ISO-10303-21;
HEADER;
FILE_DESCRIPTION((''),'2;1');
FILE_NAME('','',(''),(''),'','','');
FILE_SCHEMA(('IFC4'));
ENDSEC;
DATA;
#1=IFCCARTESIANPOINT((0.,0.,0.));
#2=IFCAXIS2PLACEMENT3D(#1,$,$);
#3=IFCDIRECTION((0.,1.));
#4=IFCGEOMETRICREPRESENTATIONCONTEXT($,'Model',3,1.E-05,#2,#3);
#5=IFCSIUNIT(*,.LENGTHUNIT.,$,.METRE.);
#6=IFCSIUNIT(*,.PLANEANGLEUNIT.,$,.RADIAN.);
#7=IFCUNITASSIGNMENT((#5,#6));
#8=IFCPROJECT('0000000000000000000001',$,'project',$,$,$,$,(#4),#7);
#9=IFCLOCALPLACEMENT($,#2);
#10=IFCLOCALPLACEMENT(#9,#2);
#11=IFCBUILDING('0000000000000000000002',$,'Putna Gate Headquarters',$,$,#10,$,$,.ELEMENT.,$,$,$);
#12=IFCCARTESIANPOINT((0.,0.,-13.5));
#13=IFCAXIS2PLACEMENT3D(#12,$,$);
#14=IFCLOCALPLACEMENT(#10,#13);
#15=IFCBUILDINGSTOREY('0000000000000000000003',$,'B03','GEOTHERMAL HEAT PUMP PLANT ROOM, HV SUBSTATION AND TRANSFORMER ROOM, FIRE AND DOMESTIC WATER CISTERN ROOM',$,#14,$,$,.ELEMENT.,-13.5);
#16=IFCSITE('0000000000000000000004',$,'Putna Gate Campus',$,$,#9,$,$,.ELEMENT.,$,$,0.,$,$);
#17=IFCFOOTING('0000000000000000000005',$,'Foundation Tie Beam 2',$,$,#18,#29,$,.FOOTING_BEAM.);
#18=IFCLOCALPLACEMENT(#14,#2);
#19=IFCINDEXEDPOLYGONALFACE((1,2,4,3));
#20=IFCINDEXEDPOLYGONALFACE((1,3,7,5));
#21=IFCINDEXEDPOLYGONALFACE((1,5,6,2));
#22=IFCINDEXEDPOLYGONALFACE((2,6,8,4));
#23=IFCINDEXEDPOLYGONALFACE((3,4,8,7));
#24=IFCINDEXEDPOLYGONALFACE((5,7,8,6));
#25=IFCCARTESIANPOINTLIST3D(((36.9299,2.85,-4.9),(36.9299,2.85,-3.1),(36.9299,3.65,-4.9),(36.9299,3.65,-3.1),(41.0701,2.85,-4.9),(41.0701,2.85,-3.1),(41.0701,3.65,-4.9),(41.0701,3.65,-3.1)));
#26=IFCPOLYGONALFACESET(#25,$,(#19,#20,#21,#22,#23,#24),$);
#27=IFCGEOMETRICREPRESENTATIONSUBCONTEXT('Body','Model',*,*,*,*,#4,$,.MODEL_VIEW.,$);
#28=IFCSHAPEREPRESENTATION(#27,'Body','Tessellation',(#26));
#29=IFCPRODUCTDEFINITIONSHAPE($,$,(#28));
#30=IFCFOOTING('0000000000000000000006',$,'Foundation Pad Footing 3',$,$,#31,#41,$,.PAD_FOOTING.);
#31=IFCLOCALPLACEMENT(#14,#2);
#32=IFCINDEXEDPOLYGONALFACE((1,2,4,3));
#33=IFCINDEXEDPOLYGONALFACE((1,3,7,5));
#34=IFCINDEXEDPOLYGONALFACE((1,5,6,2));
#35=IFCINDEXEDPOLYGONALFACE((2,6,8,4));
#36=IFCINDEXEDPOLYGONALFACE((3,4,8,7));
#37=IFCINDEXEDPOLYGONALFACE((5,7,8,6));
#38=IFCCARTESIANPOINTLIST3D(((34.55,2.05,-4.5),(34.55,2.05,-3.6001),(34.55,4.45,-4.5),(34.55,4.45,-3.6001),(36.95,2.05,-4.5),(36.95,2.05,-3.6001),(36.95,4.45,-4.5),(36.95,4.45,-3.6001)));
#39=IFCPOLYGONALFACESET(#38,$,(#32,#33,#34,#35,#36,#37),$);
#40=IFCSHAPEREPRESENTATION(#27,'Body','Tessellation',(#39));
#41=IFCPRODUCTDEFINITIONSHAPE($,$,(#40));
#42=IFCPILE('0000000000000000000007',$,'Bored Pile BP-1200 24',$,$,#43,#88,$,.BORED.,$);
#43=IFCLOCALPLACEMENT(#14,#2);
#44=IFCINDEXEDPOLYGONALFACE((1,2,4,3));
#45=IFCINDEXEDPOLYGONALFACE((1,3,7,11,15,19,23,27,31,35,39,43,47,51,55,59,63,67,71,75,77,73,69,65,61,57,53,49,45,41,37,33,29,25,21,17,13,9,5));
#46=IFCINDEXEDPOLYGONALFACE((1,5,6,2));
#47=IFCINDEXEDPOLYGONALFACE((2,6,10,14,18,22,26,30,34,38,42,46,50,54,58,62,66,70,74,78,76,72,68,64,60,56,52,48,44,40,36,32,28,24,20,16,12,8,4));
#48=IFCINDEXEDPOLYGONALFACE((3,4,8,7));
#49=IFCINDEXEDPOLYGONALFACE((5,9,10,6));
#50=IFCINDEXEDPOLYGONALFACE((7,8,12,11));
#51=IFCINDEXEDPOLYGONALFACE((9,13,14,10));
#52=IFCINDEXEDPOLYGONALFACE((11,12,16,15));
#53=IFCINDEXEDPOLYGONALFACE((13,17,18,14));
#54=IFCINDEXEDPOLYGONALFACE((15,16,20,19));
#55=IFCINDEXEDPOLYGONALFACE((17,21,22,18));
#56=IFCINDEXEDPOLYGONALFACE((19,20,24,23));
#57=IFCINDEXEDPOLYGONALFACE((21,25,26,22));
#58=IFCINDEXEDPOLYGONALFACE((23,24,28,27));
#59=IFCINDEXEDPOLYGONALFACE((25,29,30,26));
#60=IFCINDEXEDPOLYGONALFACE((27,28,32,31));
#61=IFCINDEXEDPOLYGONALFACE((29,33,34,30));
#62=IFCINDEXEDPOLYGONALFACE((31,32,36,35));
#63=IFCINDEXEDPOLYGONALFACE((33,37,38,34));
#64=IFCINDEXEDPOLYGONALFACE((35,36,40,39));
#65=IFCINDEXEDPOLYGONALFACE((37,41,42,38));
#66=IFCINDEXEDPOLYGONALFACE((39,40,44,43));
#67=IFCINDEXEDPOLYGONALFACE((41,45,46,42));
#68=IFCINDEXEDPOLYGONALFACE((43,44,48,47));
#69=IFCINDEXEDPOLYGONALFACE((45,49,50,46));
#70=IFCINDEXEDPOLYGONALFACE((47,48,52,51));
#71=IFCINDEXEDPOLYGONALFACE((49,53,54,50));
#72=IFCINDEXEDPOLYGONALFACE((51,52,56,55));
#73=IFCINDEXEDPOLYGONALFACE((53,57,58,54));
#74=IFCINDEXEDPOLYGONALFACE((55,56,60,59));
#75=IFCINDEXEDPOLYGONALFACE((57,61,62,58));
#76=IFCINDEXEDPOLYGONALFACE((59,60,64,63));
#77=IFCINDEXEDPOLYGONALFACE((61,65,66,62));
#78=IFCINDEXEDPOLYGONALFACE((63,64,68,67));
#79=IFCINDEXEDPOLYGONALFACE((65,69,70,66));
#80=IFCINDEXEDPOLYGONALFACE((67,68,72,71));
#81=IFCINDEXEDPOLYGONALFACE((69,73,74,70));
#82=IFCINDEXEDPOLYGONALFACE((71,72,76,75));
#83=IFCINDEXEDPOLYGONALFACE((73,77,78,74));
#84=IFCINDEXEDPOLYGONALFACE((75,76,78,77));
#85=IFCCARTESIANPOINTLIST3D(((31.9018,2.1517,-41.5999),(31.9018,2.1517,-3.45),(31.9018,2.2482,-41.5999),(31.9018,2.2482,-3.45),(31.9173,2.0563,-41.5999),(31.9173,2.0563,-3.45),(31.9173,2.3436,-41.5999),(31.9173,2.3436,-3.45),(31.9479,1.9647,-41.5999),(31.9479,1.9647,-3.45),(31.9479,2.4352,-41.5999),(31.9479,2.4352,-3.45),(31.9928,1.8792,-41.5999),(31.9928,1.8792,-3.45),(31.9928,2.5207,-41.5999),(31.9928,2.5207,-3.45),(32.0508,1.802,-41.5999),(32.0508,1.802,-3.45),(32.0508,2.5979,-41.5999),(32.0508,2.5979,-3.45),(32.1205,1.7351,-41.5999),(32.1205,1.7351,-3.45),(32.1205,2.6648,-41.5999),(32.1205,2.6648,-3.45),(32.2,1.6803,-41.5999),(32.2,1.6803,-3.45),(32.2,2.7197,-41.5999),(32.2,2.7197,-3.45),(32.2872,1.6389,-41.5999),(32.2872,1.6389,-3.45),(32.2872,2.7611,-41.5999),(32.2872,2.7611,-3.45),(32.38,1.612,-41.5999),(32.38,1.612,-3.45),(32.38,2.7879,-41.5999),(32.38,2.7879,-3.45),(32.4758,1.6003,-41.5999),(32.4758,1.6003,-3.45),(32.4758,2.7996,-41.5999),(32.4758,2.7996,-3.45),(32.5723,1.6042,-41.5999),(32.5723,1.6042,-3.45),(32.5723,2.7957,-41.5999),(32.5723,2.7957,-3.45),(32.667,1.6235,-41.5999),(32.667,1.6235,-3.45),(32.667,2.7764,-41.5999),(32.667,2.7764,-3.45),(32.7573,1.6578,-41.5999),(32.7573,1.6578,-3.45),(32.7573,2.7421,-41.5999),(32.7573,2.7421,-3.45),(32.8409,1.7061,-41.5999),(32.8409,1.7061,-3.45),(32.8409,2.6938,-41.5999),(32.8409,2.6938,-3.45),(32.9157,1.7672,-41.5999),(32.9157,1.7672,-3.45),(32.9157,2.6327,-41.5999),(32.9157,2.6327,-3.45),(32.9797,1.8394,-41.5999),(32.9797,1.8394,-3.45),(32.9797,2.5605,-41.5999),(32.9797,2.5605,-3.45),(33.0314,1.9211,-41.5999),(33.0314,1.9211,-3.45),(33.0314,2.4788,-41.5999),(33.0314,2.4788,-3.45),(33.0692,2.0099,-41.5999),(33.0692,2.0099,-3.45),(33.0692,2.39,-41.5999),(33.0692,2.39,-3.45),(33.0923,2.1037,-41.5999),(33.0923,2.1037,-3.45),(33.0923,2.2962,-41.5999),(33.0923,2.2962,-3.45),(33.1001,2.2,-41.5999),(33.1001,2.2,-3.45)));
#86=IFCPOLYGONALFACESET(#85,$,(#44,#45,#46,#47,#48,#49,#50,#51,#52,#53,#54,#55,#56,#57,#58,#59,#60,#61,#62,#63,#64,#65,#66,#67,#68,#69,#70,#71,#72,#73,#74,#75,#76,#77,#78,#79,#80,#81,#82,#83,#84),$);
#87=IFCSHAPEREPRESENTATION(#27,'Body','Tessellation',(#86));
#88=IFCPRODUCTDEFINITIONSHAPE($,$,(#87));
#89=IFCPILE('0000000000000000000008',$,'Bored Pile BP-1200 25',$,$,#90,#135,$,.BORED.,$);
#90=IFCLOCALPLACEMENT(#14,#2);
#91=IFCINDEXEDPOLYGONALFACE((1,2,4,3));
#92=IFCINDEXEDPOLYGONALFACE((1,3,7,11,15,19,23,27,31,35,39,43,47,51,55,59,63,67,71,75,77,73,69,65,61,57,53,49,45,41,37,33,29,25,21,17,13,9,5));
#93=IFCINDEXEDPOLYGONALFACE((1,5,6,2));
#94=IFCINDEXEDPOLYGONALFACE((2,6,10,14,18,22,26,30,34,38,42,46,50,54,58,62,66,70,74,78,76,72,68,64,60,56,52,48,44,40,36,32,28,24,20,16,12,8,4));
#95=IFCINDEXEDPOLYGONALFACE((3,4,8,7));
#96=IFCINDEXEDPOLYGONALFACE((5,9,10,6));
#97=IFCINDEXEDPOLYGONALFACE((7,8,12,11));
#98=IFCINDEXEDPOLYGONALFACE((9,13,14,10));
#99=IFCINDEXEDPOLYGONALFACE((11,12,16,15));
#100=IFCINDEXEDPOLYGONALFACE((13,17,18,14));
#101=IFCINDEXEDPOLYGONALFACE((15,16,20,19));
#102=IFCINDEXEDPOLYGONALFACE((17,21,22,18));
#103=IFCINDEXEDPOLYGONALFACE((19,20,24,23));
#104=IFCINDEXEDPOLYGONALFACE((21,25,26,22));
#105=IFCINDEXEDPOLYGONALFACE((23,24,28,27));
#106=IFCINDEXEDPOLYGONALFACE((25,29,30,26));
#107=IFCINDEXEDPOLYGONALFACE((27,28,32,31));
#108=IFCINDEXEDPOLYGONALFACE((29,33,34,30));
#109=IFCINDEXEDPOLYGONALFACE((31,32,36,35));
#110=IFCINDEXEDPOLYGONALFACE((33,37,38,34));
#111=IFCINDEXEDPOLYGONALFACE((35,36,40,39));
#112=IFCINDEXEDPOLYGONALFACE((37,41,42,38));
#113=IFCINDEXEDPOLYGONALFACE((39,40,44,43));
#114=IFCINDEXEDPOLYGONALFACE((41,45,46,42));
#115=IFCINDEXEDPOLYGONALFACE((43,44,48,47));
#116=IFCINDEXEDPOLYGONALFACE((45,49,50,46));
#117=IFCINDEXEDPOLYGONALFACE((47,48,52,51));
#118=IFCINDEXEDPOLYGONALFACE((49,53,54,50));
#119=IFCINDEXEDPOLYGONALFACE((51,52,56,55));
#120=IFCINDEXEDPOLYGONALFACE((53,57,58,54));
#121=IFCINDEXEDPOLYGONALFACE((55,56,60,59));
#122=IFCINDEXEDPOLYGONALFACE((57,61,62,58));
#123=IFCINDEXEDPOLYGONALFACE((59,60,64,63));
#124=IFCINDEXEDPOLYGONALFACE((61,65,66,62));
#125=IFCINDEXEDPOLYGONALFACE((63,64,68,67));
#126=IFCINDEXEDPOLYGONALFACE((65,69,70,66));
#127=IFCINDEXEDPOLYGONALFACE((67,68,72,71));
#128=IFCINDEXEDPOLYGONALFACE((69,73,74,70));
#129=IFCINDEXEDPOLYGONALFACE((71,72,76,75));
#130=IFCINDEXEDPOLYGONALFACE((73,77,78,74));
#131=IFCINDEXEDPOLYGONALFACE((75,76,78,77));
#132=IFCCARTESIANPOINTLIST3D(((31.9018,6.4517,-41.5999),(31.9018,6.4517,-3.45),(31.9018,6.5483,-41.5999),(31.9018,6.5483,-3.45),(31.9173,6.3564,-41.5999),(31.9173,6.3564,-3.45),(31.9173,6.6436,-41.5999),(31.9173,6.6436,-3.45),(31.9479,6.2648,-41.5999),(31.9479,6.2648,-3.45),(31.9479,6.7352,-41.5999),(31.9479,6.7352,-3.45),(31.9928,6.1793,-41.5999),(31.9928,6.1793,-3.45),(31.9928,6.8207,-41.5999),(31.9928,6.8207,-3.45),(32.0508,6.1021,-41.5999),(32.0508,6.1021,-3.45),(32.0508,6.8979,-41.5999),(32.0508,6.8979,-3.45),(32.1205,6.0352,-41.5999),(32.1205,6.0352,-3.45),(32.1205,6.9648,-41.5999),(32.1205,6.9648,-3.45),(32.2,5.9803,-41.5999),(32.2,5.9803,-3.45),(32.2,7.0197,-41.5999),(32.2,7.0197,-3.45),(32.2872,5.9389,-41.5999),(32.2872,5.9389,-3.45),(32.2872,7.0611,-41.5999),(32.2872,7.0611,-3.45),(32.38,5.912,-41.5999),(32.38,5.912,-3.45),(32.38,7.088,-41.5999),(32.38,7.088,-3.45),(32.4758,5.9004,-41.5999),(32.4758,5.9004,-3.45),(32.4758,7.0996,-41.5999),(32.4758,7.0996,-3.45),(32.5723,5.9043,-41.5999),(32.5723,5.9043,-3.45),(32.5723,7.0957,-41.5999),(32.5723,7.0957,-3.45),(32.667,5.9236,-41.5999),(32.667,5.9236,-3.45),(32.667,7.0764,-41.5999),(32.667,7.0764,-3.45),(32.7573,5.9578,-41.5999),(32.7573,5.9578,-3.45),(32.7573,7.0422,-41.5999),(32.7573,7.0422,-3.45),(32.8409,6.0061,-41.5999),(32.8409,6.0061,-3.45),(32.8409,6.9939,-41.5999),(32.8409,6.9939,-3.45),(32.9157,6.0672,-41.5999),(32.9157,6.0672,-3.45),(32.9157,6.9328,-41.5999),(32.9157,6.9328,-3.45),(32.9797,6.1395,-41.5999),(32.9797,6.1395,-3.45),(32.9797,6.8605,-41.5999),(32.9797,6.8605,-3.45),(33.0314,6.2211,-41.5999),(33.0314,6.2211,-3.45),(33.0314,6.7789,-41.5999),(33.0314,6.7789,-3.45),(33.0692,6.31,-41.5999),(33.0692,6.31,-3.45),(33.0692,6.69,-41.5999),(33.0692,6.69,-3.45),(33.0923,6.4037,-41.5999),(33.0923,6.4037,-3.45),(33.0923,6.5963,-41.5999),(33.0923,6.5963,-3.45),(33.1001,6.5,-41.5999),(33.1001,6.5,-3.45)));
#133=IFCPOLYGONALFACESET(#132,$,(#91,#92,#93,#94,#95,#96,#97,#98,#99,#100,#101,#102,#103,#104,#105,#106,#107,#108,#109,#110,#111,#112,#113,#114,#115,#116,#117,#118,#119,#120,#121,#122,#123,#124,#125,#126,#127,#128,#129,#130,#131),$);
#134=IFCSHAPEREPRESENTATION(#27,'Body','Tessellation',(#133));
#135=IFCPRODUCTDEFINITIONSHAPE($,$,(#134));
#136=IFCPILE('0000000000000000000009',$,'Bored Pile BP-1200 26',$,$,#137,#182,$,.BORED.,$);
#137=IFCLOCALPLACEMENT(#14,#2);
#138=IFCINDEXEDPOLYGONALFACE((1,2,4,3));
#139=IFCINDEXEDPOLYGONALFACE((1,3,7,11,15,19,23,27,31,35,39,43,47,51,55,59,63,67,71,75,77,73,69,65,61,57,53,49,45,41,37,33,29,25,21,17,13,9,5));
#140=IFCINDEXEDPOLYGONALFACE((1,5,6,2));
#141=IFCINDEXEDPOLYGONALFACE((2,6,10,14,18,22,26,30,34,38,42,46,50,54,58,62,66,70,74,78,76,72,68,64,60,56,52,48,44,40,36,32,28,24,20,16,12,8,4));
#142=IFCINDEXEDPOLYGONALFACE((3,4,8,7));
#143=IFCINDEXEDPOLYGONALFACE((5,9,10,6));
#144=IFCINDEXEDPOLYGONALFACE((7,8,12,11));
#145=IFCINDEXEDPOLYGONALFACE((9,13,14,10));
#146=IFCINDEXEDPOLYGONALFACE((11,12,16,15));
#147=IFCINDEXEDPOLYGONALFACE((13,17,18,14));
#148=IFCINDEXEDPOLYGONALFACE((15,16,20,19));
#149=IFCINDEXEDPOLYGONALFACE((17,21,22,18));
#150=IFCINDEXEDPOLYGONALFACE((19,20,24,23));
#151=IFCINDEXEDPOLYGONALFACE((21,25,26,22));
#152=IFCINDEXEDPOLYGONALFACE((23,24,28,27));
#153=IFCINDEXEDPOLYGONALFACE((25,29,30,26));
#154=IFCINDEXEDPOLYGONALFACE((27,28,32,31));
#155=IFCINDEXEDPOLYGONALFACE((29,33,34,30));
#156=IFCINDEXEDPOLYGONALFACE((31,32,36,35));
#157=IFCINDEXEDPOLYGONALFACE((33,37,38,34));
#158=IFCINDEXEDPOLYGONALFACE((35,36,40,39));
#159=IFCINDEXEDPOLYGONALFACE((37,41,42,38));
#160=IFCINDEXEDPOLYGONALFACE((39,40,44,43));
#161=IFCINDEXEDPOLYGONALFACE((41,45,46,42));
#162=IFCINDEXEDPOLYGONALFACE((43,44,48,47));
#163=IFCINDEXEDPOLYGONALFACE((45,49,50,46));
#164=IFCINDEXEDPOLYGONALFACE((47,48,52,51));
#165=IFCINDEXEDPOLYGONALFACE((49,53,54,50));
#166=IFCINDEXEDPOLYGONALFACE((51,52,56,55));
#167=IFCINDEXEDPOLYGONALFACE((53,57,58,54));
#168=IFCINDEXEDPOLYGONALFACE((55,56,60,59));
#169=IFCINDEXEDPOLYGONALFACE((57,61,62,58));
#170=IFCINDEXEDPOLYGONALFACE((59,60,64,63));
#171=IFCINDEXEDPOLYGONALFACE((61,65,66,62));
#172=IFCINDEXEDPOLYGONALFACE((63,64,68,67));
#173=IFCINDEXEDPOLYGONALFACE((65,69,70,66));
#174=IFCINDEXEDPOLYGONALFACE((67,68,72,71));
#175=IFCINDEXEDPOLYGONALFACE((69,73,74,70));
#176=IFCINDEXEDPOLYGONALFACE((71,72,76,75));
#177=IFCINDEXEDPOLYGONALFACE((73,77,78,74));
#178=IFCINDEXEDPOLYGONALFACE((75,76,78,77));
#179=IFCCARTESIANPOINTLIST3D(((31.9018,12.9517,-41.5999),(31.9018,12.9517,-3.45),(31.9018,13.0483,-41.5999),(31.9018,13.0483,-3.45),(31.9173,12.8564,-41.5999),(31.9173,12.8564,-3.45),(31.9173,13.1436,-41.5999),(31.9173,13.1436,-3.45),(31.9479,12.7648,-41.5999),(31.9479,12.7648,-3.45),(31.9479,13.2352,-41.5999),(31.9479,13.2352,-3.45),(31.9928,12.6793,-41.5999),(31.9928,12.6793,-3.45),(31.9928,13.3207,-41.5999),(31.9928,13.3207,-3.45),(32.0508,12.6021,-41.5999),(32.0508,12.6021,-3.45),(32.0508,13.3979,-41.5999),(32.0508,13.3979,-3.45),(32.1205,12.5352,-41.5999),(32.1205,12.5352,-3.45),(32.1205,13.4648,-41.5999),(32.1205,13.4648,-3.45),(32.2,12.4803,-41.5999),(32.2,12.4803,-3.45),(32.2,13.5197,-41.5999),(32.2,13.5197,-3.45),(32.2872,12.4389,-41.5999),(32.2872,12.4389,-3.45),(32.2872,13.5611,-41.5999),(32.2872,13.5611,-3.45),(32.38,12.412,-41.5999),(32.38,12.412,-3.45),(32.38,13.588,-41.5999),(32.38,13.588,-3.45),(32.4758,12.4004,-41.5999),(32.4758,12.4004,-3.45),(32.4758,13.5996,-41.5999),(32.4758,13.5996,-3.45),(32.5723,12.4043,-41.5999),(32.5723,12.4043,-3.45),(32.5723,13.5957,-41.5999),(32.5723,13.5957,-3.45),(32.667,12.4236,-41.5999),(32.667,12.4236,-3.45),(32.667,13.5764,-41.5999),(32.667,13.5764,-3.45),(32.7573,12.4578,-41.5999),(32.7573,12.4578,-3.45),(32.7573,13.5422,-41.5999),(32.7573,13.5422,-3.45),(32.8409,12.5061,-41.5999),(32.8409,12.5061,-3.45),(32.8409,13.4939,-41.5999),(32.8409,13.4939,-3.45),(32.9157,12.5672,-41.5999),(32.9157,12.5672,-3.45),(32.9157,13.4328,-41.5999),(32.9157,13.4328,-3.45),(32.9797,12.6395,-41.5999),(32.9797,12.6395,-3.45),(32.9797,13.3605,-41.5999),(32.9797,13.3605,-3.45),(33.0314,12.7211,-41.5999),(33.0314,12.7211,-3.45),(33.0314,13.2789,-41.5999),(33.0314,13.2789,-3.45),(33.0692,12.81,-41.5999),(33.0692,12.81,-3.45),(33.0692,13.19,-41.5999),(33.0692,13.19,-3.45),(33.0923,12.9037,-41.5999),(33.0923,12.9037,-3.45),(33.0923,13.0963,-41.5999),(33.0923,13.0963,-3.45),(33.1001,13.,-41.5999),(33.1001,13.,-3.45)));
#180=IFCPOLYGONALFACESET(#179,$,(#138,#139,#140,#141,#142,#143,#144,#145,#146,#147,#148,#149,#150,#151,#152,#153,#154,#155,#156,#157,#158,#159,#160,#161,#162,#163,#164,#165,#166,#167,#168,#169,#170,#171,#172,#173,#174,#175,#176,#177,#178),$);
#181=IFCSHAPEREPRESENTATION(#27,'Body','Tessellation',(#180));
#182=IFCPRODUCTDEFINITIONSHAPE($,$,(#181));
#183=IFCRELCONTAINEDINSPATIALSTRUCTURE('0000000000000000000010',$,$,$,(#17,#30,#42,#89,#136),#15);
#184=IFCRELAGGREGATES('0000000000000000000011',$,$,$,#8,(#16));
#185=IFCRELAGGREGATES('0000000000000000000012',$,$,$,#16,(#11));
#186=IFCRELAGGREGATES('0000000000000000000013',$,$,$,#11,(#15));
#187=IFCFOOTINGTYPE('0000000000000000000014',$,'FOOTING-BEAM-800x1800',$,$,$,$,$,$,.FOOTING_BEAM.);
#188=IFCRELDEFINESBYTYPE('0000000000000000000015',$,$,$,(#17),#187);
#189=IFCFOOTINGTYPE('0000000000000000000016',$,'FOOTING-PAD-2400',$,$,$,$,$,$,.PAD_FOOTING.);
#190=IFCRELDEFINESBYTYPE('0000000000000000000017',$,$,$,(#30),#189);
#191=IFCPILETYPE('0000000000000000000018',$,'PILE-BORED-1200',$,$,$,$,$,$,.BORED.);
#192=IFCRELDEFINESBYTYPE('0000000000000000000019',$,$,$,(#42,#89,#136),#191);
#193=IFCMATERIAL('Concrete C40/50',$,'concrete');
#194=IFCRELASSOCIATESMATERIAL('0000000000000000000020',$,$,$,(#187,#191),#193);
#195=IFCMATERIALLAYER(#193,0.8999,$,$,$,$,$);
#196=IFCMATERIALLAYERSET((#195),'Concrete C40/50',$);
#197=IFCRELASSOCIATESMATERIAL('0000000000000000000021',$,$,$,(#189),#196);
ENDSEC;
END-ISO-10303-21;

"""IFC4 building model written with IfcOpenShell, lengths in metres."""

from ifc_helpers import new_model, si_unit, direction, frame, origin, origin_2d, place, context, subcontext, project, spatial, rectangle, circle, extrude, material, layer, layer_set, material_profile, profile_set, type_object, element, save


model = new_model("IFC4")

# Units and contexts
model_context = context("Model", 3, precision=1e-05, world=origin(), true_north=direction((0.0, 1.0)))
body_context = subcontext(model_context, "Body", "Model", "MODEL_VIEW")
ifc_project = project(units=[si_unit("LENGTHUNIT", "METRE"), si_unit("PLANEANGLEUNIT", "RADIAN")], contexts=[model_context])

# Site, building, storey
site_placement = place(None, origin())
site = spatial("IfcSite", under=ifc_project, at=site_placement, Name="Putna Gate Campus", CompositionType="ELEMENT", RefElevation=0.0)
building_placement = place(site_placement, origin())
building = spatial("IfcBuilding", under=site, at=building_placement, Name="Putna Gate Headquarters", CompositionType="ELEMENT")
storey_placement = place(building_placement, frame((0.0, 0.0, -13.5)))
storey = spatial("IfcBuildingStorey", under=building, at=storey_placement, Name="B03", Description="GEOTHERMAL HEAT PUMP PLANT ROOM, HV SUBSTATION AND TRANSFORMER ROOM, FIRE AND DOMESTIC WATER CISTERN ROOM", CompositionType="ELEMENT", Elevation=-13.5)

# Footings
ifc_material_1 = material(Name="Concrete C40/50", Category="concrete")
ifc_material_profile_1 = material_profile(ifc_material_1, rectangle(XDim=0.8, YDim=1.8, at=origin_2d()), Name="Concrete C40/50")
ifc_profile_set_1 = profile_set([ifc_material_profile_1], Name="Concrete C40/50")
footing_type_1 = type_object("IfcFootingType", Name="FOOTING-BEAM-800x1800", PredefinedType="FOOTING_BEAM", material=ifc_profile_set_1)
footing_1_placement = place(storey_placement, frame((36.9299, 3.25, -4.0), z_axis=(1.0, 0.0, 0.0), x_axis=(0.0, 1.0, 0.0)))
element("IfcFooting", 1, at=footing_1_placement, inside=storey, type_object=footing_type_1, Name="Foundation Tie Beam 2", PredefinedType="FOOTING_BEAM", context=body_context, shape_type="SweptSolid", body=[
    extrude(rectangle(XDim=0.8, YDim=1.8, at=origin_2d()), origin(), (0.0, 0.0, 1.0), 4.1401),
])
ifc_layer = layer(ifc_material_1, 0.8999)
ifc_layer_set = layer_set([ifc_layer], Name="Concrete C40/50")
footing_type_2 = type_object("IfcFootingType", Name="FOOTING-PAD-2400", PredefinedType="PAD_FOOTING", material=ifc_layer_set)
footing_2_placement = place(storey_placement, frame((35.75, 3.25, -4.5), z_axis=(0.0, 0.0, 1.0), x_axis=(1.0, 0.0, 0.0)))
element("IfcFooting", 2, at=footing_2_placement, inside=storey, type_object=footing_type_2, Name="Foundation Pad Footing 3", PredefinedType="PAD_FOOTING", context=body_context, shape_type="SweptSolid", body=[
    extrude(rectangle(XDim=2.3999, YDim=2.3999, at=origin_2d()), origin(), (0.0, 0.0, 1.0), 0.8999),
])

# Piles
ifc_material_profile_2 = material_profile(ifc_material_1, circle(Radius=0.6001, at=origin_2d()), Name="Concrete C40/50")
ifc_profile_set_2 = profile_set([ifc_material_profile_2], Name="Concrete C40/50")
pile_type = type_object("IfcPileType", Name="PILE-BORED-1200", PredefinedType="BORED", material=ifc_profile_set_2)
for number, where, z_axis, x_axis, name in (
    (3, (32.5, 2.2, -3.45), (0.0, 0.0, -1.0), (1.0, 0.0, 0.0), "Bored Pile BP-1200 24"),
    (4, (32.5, 6.5, -3.45), (0.0, 0.0, -1.0), (1.0, 0.0, 0.0), "Bored Pile BP-1200 25"),
    (5, (32.5, 13.0, -3.45), (0.0, 0.0, -1.0), (1.0, 0.0, 0.0), "Bored Pile BP-1200 26"),
):
    element("IfcPile", number, at=place(storey_placement, frame(where, z_axis=z_axis, x_axis=x_axis)), inside=storey, type_object=pile_type, Name=name, PredefinedType="BORED", context=body_context, shape_type="SweptSolid", body=[
        extrude(circle(Radius=0.6001, at=origin_2d()), origin(), (0.0, 0.0, 1.0), 38.1499),
    ])

save(model, "model.ifc")
